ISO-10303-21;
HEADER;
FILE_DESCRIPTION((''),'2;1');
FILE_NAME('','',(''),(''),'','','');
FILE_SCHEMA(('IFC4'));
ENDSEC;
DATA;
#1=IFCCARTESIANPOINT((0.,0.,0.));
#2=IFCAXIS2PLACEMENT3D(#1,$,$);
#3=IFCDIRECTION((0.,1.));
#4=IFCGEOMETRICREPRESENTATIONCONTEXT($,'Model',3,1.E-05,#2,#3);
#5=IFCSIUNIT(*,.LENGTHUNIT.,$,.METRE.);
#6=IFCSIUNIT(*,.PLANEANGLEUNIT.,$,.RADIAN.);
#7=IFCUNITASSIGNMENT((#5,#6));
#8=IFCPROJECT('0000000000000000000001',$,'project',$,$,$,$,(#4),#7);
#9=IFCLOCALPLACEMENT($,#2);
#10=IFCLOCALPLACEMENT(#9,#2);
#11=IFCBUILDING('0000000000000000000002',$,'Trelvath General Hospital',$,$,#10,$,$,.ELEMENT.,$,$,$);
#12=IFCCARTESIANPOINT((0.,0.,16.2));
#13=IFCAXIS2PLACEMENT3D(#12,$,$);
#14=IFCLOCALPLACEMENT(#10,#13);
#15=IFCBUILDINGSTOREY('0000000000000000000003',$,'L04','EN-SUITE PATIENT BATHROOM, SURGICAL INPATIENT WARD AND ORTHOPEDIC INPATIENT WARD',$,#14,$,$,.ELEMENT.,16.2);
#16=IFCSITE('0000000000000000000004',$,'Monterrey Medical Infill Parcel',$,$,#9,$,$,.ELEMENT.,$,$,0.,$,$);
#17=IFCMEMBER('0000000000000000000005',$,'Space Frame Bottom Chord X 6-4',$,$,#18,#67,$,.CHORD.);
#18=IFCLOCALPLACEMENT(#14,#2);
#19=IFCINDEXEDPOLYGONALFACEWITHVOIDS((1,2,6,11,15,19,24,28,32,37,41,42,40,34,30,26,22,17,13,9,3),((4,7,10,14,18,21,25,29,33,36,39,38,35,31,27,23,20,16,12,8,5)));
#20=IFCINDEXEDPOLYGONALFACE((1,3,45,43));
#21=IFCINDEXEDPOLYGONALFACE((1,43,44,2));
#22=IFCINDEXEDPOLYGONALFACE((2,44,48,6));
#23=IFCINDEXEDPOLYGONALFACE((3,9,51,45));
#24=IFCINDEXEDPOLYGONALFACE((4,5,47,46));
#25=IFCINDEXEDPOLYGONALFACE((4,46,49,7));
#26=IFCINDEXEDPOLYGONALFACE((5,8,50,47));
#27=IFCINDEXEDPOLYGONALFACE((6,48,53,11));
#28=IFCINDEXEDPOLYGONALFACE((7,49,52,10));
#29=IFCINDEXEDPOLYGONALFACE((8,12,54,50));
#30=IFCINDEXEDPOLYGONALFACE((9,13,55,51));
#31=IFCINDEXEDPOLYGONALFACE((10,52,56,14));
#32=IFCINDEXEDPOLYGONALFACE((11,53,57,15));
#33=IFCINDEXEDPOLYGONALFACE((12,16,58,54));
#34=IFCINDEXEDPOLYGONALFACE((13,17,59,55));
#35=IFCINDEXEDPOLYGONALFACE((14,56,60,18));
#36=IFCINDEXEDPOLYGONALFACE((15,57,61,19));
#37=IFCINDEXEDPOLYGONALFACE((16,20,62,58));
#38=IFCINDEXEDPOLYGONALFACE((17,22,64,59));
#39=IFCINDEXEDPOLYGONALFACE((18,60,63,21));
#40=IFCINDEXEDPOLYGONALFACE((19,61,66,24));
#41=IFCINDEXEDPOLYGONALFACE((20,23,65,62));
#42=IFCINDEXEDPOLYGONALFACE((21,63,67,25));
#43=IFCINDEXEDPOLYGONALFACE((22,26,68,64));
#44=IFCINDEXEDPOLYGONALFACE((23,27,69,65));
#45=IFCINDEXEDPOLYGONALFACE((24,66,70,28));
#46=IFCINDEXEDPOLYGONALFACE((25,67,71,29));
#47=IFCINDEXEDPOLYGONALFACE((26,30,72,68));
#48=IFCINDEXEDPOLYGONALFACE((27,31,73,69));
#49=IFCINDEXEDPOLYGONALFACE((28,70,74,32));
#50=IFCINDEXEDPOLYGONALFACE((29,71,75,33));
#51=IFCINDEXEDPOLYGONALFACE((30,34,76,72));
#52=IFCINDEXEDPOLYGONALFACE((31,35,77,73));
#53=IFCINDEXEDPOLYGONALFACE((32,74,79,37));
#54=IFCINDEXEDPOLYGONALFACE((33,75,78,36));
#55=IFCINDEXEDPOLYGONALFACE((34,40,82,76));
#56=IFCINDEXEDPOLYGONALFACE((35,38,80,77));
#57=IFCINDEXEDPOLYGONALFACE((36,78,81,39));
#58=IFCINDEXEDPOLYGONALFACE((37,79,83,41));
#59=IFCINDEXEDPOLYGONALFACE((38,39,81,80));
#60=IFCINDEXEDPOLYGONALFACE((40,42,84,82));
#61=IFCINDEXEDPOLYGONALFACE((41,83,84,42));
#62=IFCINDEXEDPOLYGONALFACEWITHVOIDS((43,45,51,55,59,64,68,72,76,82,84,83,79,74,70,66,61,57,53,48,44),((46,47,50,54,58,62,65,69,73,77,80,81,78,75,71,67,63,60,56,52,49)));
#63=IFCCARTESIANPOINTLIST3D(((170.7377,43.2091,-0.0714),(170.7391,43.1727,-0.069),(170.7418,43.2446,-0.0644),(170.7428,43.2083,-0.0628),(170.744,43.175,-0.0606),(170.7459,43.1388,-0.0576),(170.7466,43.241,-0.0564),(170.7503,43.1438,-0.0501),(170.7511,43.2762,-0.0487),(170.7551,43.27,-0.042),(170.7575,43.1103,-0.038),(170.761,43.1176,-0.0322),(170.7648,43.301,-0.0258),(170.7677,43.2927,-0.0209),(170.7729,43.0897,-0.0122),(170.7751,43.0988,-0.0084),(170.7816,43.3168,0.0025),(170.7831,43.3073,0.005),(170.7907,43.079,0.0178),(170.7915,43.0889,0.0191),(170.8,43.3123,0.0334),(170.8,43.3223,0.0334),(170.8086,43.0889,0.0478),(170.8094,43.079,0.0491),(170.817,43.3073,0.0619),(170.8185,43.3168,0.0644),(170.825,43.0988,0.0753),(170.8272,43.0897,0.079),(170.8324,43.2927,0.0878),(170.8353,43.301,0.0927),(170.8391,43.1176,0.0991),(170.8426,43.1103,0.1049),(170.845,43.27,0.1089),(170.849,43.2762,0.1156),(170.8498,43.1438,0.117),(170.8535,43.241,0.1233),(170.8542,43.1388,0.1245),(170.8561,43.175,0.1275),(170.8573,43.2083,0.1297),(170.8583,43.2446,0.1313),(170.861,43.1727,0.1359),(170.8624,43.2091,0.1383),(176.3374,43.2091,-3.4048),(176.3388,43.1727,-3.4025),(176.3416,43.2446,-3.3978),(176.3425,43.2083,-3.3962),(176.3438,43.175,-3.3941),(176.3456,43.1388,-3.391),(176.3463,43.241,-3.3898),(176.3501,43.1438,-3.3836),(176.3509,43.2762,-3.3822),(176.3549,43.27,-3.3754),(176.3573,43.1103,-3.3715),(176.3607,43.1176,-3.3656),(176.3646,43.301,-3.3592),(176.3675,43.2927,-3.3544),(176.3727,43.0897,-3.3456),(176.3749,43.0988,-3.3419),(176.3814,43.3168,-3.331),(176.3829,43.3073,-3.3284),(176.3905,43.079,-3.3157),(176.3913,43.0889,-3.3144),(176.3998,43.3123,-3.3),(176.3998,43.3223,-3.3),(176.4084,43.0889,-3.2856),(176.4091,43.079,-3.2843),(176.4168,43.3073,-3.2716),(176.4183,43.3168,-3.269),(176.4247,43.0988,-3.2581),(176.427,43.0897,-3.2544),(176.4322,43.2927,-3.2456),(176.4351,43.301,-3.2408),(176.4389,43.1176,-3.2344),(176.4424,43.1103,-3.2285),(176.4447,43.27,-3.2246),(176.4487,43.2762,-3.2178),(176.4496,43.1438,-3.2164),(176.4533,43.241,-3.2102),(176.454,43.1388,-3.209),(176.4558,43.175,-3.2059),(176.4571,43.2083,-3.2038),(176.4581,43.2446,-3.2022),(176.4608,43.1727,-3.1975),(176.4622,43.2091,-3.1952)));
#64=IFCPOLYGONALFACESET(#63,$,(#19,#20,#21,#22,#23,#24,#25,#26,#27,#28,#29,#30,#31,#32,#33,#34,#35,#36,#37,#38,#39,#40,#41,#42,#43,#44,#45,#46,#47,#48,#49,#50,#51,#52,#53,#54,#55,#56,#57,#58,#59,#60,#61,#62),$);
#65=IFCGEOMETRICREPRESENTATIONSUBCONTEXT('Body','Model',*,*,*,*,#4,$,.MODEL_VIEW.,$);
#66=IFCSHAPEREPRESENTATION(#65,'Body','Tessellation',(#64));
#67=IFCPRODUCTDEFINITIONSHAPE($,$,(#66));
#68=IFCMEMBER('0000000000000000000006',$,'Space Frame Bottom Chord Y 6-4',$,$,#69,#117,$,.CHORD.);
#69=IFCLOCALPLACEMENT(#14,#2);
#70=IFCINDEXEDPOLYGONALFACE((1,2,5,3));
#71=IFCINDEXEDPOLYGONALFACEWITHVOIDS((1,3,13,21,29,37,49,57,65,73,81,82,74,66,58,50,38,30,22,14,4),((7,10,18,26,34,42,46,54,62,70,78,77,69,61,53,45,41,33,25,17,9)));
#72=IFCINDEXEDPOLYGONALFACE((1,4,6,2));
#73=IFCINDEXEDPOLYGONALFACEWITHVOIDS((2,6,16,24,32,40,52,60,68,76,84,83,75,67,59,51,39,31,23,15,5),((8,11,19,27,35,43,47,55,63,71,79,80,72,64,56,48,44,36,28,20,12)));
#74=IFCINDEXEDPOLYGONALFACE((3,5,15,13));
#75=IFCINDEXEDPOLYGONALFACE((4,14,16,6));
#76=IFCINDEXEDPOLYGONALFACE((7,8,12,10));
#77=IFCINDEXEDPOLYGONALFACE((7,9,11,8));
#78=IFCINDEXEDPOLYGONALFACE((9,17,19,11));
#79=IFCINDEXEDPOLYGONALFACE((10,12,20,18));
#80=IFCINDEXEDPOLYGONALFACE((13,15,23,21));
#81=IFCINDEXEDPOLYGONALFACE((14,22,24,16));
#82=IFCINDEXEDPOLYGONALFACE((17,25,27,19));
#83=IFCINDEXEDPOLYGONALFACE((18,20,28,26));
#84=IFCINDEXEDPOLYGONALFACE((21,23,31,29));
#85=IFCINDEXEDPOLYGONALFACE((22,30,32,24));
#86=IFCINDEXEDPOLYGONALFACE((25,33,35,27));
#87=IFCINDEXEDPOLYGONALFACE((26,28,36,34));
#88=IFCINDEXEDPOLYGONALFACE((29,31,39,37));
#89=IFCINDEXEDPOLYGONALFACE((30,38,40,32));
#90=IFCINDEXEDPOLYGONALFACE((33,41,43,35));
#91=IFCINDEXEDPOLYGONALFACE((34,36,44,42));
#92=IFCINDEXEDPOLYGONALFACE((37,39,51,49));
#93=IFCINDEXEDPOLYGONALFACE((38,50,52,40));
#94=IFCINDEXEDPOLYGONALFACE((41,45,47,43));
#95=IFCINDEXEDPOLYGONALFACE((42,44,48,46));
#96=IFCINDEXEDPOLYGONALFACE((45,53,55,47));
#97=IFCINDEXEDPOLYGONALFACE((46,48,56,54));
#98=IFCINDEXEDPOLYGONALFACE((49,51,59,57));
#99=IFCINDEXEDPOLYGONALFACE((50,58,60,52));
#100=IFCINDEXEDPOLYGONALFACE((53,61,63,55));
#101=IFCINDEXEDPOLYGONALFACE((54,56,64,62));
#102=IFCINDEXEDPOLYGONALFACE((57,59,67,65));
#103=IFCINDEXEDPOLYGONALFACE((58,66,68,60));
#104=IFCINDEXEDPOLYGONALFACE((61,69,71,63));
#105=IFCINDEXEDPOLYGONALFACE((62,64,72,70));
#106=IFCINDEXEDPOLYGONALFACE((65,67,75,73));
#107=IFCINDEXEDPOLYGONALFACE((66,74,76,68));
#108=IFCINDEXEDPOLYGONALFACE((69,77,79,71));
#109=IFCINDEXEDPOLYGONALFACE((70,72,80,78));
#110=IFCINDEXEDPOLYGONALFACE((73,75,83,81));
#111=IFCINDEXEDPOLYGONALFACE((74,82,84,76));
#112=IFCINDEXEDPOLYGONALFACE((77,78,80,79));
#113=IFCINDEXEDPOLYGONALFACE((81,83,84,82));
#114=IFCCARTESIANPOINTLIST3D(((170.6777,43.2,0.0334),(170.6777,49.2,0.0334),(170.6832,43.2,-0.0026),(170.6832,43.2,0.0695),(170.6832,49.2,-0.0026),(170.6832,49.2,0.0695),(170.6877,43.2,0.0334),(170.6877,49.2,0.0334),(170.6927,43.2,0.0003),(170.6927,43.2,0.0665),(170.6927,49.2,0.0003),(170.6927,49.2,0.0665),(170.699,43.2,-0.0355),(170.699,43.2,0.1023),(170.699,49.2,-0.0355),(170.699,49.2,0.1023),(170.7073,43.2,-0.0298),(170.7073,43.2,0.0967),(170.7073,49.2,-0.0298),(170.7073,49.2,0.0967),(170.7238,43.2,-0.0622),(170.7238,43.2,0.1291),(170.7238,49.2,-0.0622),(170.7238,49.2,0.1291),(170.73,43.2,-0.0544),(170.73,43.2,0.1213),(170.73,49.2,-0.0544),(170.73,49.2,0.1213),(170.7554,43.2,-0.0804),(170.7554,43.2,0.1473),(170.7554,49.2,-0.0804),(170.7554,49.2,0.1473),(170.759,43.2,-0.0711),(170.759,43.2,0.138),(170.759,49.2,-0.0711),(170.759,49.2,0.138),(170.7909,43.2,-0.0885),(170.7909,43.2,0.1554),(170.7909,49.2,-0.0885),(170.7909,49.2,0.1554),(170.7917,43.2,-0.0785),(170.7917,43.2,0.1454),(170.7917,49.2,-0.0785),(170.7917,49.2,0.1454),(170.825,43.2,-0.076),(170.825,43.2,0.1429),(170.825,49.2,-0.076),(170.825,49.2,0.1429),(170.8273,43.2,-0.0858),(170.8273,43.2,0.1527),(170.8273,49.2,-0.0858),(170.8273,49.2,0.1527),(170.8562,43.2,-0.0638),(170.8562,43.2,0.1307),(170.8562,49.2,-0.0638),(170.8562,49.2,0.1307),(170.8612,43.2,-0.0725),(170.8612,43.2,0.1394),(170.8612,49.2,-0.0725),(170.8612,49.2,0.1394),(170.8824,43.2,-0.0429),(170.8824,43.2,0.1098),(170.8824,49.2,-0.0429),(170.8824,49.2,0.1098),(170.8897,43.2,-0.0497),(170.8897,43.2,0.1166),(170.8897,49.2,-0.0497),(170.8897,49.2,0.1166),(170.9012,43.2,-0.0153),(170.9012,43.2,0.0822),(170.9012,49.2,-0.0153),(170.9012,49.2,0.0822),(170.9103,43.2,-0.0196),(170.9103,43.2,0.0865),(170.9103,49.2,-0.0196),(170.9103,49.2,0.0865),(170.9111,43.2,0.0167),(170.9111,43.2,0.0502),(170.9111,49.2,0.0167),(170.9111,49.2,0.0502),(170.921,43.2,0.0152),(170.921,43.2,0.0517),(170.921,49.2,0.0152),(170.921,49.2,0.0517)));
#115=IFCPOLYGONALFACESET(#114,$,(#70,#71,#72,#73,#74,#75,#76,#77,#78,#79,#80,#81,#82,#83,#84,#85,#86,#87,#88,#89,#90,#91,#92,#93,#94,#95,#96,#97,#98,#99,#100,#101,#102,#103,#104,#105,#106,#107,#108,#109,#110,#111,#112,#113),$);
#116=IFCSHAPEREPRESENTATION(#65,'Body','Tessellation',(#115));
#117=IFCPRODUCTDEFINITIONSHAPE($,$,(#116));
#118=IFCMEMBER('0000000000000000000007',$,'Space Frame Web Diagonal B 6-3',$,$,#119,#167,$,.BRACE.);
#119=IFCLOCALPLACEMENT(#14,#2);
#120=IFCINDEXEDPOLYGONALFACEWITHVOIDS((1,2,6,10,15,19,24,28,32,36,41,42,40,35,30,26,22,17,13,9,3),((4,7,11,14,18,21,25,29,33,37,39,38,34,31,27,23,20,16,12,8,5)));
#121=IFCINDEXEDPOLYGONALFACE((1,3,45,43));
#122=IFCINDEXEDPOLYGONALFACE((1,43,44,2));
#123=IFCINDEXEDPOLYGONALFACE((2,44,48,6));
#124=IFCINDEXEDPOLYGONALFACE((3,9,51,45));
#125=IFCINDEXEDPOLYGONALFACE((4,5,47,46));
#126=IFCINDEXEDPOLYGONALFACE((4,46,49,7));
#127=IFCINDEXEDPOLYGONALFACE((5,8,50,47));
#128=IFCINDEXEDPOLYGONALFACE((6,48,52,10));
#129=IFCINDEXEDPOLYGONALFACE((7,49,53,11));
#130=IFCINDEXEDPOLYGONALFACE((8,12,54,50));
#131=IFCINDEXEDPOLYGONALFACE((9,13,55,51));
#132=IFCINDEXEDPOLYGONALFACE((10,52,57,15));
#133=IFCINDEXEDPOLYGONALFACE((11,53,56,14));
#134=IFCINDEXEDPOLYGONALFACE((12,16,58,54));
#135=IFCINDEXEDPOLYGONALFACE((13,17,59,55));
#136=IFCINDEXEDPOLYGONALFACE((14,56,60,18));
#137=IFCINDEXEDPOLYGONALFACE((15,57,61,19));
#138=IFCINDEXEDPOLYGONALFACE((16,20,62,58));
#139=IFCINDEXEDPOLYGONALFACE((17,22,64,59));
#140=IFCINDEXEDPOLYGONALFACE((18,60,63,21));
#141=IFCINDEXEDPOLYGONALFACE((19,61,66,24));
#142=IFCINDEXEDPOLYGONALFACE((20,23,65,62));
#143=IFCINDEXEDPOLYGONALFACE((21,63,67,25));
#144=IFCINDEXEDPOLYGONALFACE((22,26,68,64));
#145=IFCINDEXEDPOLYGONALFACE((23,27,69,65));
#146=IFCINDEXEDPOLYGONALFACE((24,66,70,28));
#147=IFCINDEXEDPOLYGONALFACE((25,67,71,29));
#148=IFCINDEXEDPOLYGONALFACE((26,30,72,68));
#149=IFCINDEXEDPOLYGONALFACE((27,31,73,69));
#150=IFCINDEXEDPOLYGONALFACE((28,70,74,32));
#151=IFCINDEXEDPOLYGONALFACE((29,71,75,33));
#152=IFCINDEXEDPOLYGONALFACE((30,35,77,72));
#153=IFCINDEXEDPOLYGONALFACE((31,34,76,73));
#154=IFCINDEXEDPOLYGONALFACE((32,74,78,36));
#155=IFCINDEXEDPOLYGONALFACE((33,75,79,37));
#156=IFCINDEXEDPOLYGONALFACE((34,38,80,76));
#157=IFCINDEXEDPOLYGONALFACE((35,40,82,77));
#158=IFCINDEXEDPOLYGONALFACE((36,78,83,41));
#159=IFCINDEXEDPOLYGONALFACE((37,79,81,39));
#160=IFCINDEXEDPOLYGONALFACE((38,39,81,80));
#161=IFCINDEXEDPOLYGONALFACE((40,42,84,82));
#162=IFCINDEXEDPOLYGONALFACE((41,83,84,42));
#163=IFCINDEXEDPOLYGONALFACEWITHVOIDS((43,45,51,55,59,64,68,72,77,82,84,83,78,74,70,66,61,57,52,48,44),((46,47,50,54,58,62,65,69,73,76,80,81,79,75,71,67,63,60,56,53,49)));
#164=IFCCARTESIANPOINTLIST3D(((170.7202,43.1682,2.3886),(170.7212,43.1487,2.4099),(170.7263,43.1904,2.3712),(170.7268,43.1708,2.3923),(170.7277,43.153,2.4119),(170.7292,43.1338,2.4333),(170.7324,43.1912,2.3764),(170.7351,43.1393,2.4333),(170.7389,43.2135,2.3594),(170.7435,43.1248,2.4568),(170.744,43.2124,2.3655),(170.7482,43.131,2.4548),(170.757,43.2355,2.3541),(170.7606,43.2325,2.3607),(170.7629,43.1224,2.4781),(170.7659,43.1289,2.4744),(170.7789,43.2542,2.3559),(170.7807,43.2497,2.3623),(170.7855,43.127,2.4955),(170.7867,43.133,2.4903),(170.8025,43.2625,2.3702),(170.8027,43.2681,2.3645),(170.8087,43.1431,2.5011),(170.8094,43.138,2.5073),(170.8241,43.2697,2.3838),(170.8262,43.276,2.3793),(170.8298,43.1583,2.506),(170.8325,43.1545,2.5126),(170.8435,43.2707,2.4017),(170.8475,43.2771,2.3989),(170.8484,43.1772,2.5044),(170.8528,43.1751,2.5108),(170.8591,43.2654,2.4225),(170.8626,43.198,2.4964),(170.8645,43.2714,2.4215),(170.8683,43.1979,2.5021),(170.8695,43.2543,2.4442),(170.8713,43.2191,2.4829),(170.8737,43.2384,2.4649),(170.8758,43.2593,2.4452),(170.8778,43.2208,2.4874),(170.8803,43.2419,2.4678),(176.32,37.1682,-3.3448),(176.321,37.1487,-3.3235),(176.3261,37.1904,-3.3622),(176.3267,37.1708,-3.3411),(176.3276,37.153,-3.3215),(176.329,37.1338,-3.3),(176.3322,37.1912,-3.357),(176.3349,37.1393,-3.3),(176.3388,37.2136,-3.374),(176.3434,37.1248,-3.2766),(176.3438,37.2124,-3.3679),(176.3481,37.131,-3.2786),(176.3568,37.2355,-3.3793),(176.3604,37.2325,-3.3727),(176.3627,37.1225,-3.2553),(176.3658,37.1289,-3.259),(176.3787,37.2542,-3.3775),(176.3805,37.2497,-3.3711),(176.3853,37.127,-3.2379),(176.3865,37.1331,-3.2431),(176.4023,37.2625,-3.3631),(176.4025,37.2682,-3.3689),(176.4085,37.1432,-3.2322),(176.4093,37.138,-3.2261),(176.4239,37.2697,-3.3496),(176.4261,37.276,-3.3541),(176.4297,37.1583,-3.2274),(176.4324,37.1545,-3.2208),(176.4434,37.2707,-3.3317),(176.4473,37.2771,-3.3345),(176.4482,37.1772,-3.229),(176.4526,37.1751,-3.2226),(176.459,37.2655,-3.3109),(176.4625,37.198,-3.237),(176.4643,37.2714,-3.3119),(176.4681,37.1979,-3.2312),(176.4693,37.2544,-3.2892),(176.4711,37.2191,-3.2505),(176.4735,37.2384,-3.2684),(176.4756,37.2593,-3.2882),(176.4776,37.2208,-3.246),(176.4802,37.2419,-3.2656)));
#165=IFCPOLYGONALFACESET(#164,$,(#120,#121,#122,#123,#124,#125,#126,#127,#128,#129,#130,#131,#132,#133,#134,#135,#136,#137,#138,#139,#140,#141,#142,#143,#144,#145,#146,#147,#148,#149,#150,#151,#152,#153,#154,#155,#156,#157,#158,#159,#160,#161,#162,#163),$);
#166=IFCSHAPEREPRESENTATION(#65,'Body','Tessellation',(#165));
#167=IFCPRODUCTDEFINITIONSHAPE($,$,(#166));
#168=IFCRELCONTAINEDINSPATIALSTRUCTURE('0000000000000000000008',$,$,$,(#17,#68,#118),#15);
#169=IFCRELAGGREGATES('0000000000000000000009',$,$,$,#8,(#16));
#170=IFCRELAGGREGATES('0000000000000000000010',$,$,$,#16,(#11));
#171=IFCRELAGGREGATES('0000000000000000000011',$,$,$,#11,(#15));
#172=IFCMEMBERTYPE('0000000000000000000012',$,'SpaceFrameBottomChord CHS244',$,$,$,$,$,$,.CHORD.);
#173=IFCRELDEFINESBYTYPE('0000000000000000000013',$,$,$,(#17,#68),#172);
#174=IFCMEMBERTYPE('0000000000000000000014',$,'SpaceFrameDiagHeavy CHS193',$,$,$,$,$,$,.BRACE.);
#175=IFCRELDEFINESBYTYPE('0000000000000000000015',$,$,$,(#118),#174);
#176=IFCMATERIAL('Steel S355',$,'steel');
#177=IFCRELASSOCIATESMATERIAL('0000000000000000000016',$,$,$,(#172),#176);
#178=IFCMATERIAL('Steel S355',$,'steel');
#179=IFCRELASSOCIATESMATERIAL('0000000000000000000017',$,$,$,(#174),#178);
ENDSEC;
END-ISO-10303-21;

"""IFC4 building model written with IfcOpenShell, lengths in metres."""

from ifc_helpers import new_model, si_unit, direction, frame, origin, origin_2d, place, context, subcontext, project, spatial, hollow_circle, extrude, material, material_profile, profile_set, type_object, element, save


model = new_model("IFC4")

# Units and contexts
model_context = context("Model", 3, precision=1e-05, world=origin(), true_north=direction((0.0, 1.0)))
body_context = subcontext(model_context, "Body", "Model", "MODEL_VIEW")
ifc_project = project(units=[si_unit("LENGTHUNIT", "METRE"), si_unit("PLANEANGLEUNIT", "RADIAN")], contexts=[model_context])

# Site, building, storey
site_placement = place(None, origin())
site = spatial("IfcSite", under=ifc_project, at=site_placement, Name="Monterrey Medical Infill Parcel", CompositionType="ELEMENT", RefElevation=0.0)
building_placement = place(site_placement, origin())
building = spatial("IfcBuilding", under=site, at=building_placement, Name="Trelvath General Hospital", CompositionType="ELEMENT")
storey_placement = place(building_placement, frame((0.0, 0.0, 16.2)))
storey = spatial("IfcBuildingStorey", under=building, at=storey_placement, Name="L04", Description="EN-SUITE PATIENT BATHROOM, SURGICAL INPATIENT WARD AND ORTHOPEDIC INPATIENT WARD", CompositionType="ELEMENT", Elevation=16.2)

# Members
ifc_material_1 = material(Name="Steel S355", Category="steel")
ifc_material_profile_1 = material_profile(ifc_material_1, hollow_circle(Radius=0.1223, WallThickness=0.01, at=origin_2d()), Name="CHS244.5x10.0")
ifc_profile_set_1 = profile_set([ifc_material_profile_1], Name="Steel S355")
member_type_1 = type_object("IfcMemberType", Name="SpaceFrameBottomChord CHS244", PredefinedType="CHORD", material=ifc_profile_set_1)
member_1_placement = place(storey_placement, frame((170.8, 43.2, 0.0334), z_axis=(0.859276, 0.0, -0.511512), x_axis=(0.0, 1.0, 0.0)))
element("IfcMember", 1, at=member_1_placement, inside=storey, type_object=member_type_1, Name="Space Frame Bottom Chord X 6-4", PredefinedType="CHORD", context=body_context, shape_type="SweptSolid", body=[
    extrude(hollow_circle(Radius=0.1223, WallThickness=0.01, at=origin_2d()), origin(), (0.0, 0.0, 1.0), 6.5168),
])
member_2_placement = place(storey_placement, frame((170.8, 43.2, 0.0334), z_axis=(0.0, 1.0, 0.0), x_axis=(-1.0, 0.0, 0.0)))
element("IfcMember", 2, at=member_2_placement, inside=storey, type_object=member_type_1, Name="Space Frame Bottom Chord Y 6-4", PredefinedType="CHORD", context=body_context, shape_type="SweptSolid", body=[
    extrude(hollow_circle(Radius=0.1223, WallThickness=0.01, at=origin_2d()), origin(), (0.0, 0.0, 1.0), 6.0),
])
ifc_material_2 = material(Name="Steel S355", Category="steel")
ifc_material_profile_2 = material_profile(ifc_material_2, hollow_circle(Radius=0.0969, WallThickness=0.0081, at=origin_2d()), Name="CHS193.7x8.0")
ifc_profile_set_2 = profile_set([ifc_material_profile_2], Name="Steel S355")
member_type_2 = type_object("IfcMemberType", Name="SpaceFrameDiagHeavy CHS193", PredefinedType="BRACE", material=ifc_profile_set_2)
member_3_placement = place(storey_placement, frame((176.3999, 37.2, -3.3), z_axis=(-0.559342, 0.599311, 0.572681), x_axis=(-0.731064, -0.682309, 0.0)))
element("IfcMember", 3, at=member_3_placement, inside=storey, type_object=member_type_2, Name="Space Frame Web Diagonal B 6-3", PredefinedType="BRACE", context=body_context, shape_type="SweptSolid", body=[
    extrude(hollow_circle(Radius=0.0969, WallThickness=0.0081, at=origin_2d()), origin(), (0.0, 0.0, 1.0), 10.0115),
])

save(model, "model.ifc")
